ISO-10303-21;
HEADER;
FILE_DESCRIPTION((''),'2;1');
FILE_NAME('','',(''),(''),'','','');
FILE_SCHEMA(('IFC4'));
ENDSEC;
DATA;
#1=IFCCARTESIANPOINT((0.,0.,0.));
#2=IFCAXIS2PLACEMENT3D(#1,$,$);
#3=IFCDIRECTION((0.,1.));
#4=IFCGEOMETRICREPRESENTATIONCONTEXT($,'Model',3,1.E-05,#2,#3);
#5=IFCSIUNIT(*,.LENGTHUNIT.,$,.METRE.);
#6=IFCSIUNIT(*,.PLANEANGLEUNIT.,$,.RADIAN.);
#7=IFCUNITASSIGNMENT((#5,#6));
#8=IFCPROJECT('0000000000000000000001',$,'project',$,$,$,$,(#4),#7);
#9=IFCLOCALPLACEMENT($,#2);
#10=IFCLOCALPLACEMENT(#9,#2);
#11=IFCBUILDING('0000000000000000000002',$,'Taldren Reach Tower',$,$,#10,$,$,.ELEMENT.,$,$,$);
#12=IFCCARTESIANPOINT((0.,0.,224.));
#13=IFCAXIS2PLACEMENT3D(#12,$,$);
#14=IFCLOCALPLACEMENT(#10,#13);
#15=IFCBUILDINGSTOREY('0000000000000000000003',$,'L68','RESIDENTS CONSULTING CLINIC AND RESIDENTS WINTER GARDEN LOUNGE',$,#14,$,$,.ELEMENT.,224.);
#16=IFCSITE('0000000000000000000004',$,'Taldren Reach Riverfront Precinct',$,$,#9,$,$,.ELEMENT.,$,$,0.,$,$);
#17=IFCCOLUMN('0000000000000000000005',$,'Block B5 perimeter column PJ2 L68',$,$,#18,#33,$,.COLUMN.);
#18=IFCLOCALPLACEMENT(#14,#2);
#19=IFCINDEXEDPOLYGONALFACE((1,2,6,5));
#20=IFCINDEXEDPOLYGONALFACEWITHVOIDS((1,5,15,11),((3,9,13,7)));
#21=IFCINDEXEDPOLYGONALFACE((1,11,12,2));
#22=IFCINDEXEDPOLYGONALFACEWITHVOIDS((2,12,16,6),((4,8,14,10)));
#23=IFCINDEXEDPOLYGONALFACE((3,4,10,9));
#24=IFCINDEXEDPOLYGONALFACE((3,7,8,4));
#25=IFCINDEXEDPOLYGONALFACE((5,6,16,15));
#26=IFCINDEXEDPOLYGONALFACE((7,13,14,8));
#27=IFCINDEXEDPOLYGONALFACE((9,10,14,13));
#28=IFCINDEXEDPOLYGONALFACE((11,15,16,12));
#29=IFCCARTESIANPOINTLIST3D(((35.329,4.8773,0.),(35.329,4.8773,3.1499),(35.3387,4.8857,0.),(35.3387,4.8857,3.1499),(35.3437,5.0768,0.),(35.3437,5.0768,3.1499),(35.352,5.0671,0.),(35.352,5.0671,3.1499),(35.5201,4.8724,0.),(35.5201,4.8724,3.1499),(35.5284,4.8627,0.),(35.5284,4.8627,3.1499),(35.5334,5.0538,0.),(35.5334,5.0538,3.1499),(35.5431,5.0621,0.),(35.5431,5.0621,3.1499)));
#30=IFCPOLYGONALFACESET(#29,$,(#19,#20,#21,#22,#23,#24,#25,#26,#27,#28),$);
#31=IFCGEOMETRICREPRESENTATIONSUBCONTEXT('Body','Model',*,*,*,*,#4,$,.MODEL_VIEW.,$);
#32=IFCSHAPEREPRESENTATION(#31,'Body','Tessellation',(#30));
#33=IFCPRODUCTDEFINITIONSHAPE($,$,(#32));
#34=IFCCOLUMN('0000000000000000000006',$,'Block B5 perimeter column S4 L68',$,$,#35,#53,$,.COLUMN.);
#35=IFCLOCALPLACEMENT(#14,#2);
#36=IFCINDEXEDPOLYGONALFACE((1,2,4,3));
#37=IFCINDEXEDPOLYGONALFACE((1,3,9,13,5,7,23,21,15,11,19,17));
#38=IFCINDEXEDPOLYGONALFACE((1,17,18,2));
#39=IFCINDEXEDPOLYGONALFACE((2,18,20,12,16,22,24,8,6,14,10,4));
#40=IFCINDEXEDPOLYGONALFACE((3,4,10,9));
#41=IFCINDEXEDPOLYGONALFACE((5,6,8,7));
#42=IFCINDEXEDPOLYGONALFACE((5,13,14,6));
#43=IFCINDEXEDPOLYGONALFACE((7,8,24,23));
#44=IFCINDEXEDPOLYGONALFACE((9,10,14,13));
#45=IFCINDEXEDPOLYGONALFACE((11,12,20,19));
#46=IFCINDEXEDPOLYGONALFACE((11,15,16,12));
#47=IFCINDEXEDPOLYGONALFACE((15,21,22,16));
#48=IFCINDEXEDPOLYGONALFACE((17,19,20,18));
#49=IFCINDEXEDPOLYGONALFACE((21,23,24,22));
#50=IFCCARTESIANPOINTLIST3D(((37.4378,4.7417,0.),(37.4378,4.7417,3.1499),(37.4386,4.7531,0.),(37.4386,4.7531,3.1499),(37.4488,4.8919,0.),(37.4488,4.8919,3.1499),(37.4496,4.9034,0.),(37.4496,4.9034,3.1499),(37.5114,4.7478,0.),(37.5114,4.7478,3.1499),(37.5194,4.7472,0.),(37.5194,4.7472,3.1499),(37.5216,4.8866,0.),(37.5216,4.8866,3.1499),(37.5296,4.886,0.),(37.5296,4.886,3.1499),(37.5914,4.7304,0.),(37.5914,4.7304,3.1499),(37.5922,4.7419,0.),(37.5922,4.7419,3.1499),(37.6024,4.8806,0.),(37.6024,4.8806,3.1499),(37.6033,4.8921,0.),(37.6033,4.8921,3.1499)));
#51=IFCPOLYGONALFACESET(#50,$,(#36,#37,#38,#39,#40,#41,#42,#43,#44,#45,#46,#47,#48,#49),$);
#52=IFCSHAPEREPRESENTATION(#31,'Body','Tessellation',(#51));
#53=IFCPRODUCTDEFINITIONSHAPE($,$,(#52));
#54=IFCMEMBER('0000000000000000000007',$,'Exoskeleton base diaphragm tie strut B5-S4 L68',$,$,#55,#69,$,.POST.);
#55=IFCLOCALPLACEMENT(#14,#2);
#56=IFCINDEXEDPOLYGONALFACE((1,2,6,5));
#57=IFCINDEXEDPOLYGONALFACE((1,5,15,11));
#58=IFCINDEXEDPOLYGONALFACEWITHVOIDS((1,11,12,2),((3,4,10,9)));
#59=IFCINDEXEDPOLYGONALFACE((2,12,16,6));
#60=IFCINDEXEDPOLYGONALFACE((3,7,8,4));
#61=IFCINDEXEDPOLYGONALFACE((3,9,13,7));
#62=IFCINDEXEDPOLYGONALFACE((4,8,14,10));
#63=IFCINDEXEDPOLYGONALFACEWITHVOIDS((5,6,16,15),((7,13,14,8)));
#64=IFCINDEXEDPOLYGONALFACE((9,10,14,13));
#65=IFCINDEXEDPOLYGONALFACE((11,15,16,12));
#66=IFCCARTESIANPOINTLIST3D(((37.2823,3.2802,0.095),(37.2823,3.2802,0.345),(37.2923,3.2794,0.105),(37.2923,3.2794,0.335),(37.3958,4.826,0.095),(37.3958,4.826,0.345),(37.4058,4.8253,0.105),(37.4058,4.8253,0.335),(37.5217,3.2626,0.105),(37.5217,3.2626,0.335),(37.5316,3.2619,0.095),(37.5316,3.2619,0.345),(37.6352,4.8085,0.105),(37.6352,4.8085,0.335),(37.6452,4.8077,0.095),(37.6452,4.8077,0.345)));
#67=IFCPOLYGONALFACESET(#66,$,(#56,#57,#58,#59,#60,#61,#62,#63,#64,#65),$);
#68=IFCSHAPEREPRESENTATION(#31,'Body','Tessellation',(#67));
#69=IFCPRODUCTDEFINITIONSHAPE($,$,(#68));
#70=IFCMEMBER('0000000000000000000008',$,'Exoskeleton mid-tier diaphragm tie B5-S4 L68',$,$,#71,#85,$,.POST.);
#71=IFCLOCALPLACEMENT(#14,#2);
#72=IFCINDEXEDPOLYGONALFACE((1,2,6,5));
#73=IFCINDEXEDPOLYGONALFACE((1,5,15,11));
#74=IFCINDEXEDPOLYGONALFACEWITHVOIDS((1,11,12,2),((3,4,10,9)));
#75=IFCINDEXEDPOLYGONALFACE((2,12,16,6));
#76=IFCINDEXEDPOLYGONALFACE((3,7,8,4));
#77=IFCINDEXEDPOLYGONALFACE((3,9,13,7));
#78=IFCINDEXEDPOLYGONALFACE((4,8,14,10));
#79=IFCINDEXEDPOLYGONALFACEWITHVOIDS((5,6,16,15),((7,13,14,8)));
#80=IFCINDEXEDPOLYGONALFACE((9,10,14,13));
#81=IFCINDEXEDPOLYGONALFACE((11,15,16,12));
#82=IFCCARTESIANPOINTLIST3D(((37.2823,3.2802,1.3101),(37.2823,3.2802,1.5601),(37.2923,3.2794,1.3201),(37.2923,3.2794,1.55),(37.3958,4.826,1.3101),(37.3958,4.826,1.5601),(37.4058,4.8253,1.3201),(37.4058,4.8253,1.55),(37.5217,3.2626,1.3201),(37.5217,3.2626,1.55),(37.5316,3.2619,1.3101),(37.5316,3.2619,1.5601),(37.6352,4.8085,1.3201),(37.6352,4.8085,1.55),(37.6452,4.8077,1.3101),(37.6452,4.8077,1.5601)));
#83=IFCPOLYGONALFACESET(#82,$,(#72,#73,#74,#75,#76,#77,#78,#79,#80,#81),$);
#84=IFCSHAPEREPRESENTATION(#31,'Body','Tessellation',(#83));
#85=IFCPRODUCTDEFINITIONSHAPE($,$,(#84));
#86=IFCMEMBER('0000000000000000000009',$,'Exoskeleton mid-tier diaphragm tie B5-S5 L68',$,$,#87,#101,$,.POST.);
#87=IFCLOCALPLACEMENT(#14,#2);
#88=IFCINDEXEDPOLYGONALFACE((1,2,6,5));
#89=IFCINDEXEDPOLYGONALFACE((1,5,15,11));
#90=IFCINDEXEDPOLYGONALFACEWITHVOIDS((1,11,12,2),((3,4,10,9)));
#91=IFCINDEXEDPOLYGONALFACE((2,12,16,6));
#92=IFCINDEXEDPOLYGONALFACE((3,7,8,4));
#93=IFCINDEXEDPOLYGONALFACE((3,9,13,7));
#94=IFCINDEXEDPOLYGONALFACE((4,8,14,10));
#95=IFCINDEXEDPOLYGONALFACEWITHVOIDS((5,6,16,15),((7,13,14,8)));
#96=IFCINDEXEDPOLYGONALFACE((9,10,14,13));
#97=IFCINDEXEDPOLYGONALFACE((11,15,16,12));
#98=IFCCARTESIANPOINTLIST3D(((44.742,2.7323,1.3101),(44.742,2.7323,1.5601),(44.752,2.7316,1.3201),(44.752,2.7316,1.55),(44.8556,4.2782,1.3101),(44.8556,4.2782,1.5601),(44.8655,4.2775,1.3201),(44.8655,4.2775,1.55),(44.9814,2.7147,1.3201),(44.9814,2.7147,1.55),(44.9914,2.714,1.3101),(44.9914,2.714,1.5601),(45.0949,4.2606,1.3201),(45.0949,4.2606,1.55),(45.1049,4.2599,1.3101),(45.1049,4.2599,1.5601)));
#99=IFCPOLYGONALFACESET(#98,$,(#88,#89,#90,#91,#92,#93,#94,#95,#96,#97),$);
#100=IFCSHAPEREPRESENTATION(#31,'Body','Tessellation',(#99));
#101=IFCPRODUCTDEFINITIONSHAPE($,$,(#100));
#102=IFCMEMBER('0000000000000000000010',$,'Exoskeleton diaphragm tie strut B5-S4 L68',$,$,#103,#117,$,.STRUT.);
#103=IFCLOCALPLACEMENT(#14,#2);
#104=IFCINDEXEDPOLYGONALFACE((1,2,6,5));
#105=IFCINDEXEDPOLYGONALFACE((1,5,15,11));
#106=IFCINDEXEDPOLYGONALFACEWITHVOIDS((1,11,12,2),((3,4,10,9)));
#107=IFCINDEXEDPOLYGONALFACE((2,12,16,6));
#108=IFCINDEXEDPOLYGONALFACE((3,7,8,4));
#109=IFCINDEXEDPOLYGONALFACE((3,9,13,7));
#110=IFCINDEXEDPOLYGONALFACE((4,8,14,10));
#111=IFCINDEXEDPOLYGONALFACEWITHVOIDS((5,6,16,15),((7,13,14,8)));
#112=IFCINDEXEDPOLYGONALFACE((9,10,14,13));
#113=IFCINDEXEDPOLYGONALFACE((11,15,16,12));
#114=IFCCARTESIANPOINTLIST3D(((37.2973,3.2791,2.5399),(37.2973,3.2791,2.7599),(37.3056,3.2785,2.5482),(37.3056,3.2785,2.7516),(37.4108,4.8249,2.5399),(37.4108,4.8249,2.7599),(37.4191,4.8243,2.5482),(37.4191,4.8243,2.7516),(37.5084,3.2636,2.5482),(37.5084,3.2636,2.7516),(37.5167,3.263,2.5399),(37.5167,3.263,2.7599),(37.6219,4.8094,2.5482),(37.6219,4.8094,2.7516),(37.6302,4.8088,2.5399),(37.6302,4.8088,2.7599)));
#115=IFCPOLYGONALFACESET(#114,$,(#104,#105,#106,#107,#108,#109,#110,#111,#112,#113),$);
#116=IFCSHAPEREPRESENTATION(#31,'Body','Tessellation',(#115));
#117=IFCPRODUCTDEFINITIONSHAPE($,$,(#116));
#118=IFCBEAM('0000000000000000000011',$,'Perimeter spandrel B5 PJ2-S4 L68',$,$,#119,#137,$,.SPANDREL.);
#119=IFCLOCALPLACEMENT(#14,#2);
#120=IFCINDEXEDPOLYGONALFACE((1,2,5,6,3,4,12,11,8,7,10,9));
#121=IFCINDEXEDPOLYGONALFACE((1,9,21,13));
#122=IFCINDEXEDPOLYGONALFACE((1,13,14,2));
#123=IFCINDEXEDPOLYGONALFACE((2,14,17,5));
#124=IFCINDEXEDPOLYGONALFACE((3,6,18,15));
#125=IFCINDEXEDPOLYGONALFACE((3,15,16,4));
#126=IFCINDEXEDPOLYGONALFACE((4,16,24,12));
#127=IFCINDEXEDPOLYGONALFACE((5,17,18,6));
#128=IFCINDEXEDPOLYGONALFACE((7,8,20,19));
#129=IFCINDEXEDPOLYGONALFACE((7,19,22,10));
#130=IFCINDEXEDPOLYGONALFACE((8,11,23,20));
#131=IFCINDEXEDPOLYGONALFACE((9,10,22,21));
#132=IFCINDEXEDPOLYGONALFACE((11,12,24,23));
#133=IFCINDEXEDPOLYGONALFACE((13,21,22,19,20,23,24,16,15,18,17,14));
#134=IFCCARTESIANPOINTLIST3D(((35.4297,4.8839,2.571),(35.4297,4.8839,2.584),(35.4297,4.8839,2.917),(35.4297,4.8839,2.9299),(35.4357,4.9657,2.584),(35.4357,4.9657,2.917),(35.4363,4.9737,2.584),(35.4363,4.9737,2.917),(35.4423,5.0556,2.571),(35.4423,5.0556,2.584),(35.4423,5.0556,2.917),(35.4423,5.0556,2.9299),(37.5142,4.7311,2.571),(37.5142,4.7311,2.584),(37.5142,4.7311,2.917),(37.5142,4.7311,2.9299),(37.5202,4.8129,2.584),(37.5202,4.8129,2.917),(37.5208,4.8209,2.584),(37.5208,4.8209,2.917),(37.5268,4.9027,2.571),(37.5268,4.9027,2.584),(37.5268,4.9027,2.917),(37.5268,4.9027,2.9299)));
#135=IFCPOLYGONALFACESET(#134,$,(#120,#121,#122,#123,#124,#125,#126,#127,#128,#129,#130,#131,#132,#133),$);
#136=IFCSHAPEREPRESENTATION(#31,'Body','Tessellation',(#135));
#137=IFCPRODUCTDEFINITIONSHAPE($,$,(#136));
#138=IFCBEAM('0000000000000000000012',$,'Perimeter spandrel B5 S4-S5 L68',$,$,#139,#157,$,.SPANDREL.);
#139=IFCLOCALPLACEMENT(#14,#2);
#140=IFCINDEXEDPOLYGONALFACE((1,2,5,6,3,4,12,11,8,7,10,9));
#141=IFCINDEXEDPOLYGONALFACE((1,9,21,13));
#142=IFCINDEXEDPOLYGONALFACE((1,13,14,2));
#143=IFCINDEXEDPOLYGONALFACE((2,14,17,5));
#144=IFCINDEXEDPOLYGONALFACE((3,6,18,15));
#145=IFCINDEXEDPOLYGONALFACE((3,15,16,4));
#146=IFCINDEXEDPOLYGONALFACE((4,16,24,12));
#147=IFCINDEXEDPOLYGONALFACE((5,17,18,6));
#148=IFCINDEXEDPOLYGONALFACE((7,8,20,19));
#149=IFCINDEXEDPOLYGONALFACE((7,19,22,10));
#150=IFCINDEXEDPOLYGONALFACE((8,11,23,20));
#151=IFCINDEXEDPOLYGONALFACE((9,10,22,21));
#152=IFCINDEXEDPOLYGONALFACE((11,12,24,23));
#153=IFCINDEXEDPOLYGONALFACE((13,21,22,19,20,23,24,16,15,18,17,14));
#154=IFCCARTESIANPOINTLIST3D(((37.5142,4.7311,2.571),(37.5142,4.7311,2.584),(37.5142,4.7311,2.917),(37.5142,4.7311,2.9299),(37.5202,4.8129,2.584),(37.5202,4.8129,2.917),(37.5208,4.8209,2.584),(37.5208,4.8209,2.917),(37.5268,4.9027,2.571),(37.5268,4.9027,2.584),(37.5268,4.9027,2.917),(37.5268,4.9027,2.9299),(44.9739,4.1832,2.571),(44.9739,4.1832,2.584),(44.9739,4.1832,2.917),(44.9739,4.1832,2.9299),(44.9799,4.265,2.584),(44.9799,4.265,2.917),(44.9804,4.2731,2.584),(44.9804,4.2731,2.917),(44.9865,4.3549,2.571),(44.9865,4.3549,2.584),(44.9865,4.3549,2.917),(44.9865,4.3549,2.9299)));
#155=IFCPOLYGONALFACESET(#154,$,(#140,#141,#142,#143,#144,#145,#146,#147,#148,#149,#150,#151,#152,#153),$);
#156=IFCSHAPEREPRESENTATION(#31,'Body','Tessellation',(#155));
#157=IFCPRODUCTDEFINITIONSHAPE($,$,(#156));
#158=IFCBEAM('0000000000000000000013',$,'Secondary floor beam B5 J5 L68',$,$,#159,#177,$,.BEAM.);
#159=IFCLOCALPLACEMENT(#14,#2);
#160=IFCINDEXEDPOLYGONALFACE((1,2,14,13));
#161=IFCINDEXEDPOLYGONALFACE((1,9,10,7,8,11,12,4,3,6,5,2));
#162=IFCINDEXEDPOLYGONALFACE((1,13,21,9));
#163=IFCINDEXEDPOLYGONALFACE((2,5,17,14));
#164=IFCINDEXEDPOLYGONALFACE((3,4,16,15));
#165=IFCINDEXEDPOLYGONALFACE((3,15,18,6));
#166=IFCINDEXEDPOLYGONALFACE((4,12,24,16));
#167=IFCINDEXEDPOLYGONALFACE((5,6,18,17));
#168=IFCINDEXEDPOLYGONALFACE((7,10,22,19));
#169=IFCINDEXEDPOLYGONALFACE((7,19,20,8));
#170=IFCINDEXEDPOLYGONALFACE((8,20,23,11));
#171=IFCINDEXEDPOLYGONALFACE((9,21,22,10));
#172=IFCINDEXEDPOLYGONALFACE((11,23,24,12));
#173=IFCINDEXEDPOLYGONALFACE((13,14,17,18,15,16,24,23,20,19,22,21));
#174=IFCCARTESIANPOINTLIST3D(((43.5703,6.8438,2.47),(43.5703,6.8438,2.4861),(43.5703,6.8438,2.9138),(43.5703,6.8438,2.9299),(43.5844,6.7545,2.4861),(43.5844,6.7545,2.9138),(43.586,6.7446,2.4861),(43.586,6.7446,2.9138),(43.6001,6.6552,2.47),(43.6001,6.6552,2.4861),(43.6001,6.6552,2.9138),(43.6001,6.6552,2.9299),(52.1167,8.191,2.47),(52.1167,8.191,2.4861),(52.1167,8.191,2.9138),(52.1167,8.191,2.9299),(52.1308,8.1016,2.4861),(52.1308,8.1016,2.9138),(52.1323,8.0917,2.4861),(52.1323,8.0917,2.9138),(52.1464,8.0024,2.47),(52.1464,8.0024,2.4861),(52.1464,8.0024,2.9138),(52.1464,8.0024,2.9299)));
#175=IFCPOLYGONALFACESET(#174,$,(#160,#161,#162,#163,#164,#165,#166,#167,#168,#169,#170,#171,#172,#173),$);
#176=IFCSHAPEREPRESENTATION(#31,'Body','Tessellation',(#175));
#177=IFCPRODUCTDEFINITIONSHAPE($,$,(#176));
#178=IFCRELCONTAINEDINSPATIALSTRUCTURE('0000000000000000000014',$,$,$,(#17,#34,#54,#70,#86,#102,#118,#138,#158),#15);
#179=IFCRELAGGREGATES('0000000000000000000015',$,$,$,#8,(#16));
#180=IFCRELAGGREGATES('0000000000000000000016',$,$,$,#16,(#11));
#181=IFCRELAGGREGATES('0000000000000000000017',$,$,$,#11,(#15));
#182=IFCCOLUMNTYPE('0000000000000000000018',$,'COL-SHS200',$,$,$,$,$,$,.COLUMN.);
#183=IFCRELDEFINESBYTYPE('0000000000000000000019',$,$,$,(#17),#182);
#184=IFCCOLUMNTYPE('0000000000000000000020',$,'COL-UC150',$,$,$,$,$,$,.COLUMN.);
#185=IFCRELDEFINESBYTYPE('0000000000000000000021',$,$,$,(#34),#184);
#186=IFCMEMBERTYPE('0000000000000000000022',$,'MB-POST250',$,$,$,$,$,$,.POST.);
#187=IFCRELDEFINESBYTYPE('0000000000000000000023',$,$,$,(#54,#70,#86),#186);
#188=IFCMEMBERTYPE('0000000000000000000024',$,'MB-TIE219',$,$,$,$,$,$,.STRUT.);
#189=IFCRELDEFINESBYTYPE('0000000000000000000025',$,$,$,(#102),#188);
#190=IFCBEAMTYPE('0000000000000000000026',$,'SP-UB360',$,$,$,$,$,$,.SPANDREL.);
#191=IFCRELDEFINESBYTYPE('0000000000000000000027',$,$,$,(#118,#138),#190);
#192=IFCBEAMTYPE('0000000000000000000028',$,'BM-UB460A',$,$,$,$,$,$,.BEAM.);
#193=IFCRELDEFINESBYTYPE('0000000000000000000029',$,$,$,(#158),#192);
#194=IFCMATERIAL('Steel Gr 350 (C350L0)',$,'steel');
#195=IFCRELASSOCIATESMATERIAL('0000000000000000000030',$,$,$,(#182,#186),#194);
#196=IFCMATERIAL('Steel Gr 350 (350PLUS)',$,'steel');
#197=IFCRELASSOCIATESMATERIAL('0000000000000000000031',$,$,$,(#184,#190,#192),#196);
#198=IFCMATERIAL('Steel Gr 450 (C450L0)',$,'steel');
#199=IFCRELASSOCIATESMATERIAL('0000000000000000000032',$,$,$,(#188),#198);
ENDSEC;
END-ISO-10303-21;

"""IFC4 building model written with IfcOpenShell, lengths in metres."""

from ifc_helpers import new_model, si_unit, direction, frame, origin, origin_2d, place, context, subcontext, project, spatial, hollow_rectangle, i_section, extrude, source, transform, mapped, material, material_profile, profile_set, type_object, element, save


model = new_model("IFC4")

# Units and contexts
model_context = context("Model", 3, precision=1e-05, world=origin(), true_north=direction((0.0, 1.0)))
body_context = subcontext(model_context, "Body", "Model", "MODEL_VIEW")
ifc_project = project(units=[si_unit("LENGTHUNIT", "METRE"), si_unit("PLANEANGLEUNIT", "RADIAN")], contexts=[model_context])

# Site, building, storey
site_placement = place(None, origin())
site = spatial("IfcSite", under=ifc_project, at=site_placement, Name="Taldren Reach Riverfront Precinct", CompositionType="ELEMENT", RefElevation=0.0)
building_placement = place(site_placement, origin())
building = spatial("IfcBuilding", under=site, at=building_placement, Name="Taldren Reach Tower", CompositionType="ELEMENT")
storey_placement = place(building_placement, frame((0.0, 0.0, 224.0)))
storey = spatial("IfcBuildingStorey", under=building, at=storey_placement, Name="L68", Description="RESIDENTS CONSULTING CLINIC AND RESIDENTS WINTER GARDEN LOUNGE", CompositionType="ELEMENT", Elevation=224.0)

# Columns
ifc_material_1 = material(Name="Steel Gr 350 (C350L0)", Category="steel")
ifc_material_profile_1 = material_profile(ifc_material_1, hollow_rectangle(XDim=0.2, YDim=0.2, WallThickness=0.009, at=origin_2d()), Name="200x200x9.0SHS")
ifc_profile_set_1 = profile_set([ifc_material_profile_1], Name="Steel Gr 350 (C350L0)")
column_type_1 = type_object("IfcColumnType", Name="COL-SHS200", PredefinedType="COLUMN", material=ifc_profile_set_1)
shared_shape_1 = source(origin(), body_context, "Body", "SweptSolid", [
    extrude(hollow_rectangle(XDim=0.2, YDim=0.2, WallThickness=0.009, at=origin_2d()), origin(), (0.0, 0.0, 1.0), 3.1499),
])
column_1_placement = place(storey_placement, frame((35.436, 4.9697, 0.0), z_axis=(0.0, 0.0, 1.0), x_axis=(0.997314, -0.073238, 0.0)))
element("IfcColumn", 1, at=column_1_placement, inside=storey, type_object=column_type_1, Name="Block B5 perimeter column PJ2 L68", PredefinedType="COLUMN", context=body_context, shape_type="MappedRepresentation", body=[
    mapped(shared_shape_1, transform((0.0, 0.0, 0.0), scale=1.0)),
])
ifc_material_2 = material(Name="Steel Gr 350 (350PLUS)", Category="steel")
ifc_material_profile_2 = material_profile(ifc_material_2, i_section(OverallWidth=0.1541, OverallDepth=0.1621, WebThickness=0.0081, FlangeThickness=0.0115, at=origin_2d()), Name="150UC37.2")
ifc_profile_set_2 = profile_set([ifc_material_profile_2], Name="Steel Gr 350 (350PLUS)")
column_type_2 = type_object("IfcColumnType", Name="COL-UC150", PredefinedType="COLUMN", material=ifc_profile_set_2)
shared_shape_2 = source(origin(), body_context, "Body", "SweptSolid", [
    extrude(i_section(OverallWidth=0.1541, OverallDepth=0.1621, WebThickness=0.0081, FlangeThickness=0.0115, at=origin_2d()), origin(), (0.0, 0.0, 1.0), 3.1499),
])
column_2_placement = place(storey_placement, frame((37.5205, 4.8169, 0.0), z_axis=(0.0, 0.0, 1.0), x_axis=(0.997314, -0.073238, 0.0)))
element("IfcColumn", 2, at=column_2_placement, inside=storey, type_object=column_type_2, Name="Block B5 perimeter column S4 L68", PredefinedType="COLUMN", context=body_context, shape_type="MappedRepresentation", body=[
    mapped(shared_shape_2, transform((0.0, 0.0, 0.0), scale=1.0)),
])

# Members
ifc_material_profile_3 = material_profile(ifc_material_1, hollow_rectangle(XDim=0.25, YDim=0.25, WallThickness=0.01, at=origin_2d()), Name="250x250x10.0SHS")
ifc_profile_set_3 = profile_set([ifc_material_profile_3], Name="Steel Gr 350 (C350L0)")
member_type_1 = type_object("IfcMemberType", Name="MB-POST250", PredefinedType="POST", material=ifc_profile_set_3)
shared_shape_3 = source(origin(), body_context, "Body", "SweptSolid", [
    extrude(hollow_rectangle(XDim=0.25, YDim=0.25, WallThickness=0.01, at=origin_2d()), origin(), (0.0, 0.0, 1.0), 1.55),
])
for number, where, z_axis, x_axis, name in (
    (3, (37.5205, 4.8169, 0.22), (-0.073239, -0.997314, 0.0), (0.997314, -0.073239, 0.0), "Exoskeleton base diaphragm tie strut B5-S4 L68"),
    (4, (37.5205, 4.8169, 1.4351), (-0.073239, -0.997314, 0.0), (0.997314, -0.073239, 0.0), "Exoskeleton mid-tier diaphragm tie B5-S4 L68"),
    (5, (44.9802, 4.269, 1.4351), (-0.073239, -0.997314, 0.0), (0.997314, -0.073239, 0.0), "Exoskeleton mid-tier diaphragm tie B5-S5 L68"),
):
    element("IfcMember", number, at=place(storey_placement, frame(where, z_axis=z_axis, x_axis=x_axis)), inside=storey, type_object=member_type_1, Name=name, PredefinedType="POST", context=body_context, shape_type="MappedRepresentation", body=[
        mapped(shared_shape_3, transform((0.0, 0.0, 0.0), scale=1.0)),
    ])
ifc_material_3 = material(Name="Steel Gr 450 (C450L0)", Category="steel")
ifc_material_profile_4 = material_profile(ifc_material_3, hollow_rectangle(XDim=0.22, YDim=0.22, WallThickness=0.0083, at=origin_2d()), Name="220x220x8.2SHS")
ifc_profile_set_4 = profile_set([ifc_material_profile_4], Name="Steel Gr 450 (C450L0)")
member_type_2 = type_object("IfcMemberType", Name="MB-TIE219", PredefinedType="STRUT", material=ifc_profile_set_4)
shared_shape_4 = source(origin(), body_context, "Body", "SweptSolid", [
    extrude(hollow_rectangle(XDim=0.22, YDim=0.22, WallThickness=0.0083, at=origin_2d()), origin(), (0.0, 0.0, 1.0), 1.55),
])
member_1_placement = place(storey_placement, frame((37.5205, 4.8169, 2.6499), z_axis=(-0.073239, -0.997314, 0.0), x_axis=(0.997314, -0.073239, 0.0)))
element("IfcMember", 6, at=member_1_placement, inside=storey, type_object=member_type_2, Name="Exoskeleton diaphragm tie strut B5-S4 L68", PredefinedType="STRUT", context=body_context, shape_type="MappedRepresentation", body=[
    mapped(shared_shape_4, transform((0.0, 0.0, 0.0), scale=1.0)),
])

# Beams
ifc_material_profile_5 = material_profile(ifc_material_2, i_section(OverallWidth=0.1721, OverallDepth=0.3589, WebThickness=0.0081, FlangeThickness=0.0129, at=origin_2d()), Name="360UB56.7")
ifc_profile_set_5 = profile_set([ifc_material_profile_5], Name="Steel Gr 350 (350PLUS)")
beam_type_1 = type_object("IfcBeamType", Name="SP-UB360", PredefinedType="SPANDREL", material=ifc_profile_set_5)
shared_shape_5 = source(origin(), body_context, "Body", "SweptSolid", [
    extrude(i_section(OverallWidth=0.1721, OverallDepth=0.3589, WebThickness=0.0081, FlangeThickness=0.0129, at=origin_2d()), origin(), (0.0, 0.0, 1.0), 2.0901),
])
beam_1_placement = place(storey_placement, frame((35.436, 4.9697, 2.7505), z_axis=(0.997323, -0.073123, 0.0), x_axis=(0.073123, 0.997323, 0.0)))
element("IfcBeam", 7, at=beam_1_placement, inside=storey, type_object=beam_type_1, Name="Perimeter spandrel B5 PJ2-S4 L68", PredefinedType="SPANDREL", context=body_context, shape_type="MappedRepresentation", body=[
    mapped(shared_shape_5, transform((0.0, 0.0, 0.0), scale=1.0)),
])
shared_shape_6 = source(origin(), body_context, "Body", "SweptSolid", [
    extrude(i_section(OverallWidth=0.1721, OverallDepth=0.3589, WebThickness=0.0081, FlangeThickness=0.0129, at=origin_2d()), origin(), (0.0, 0.0, 1.0), 7.4797),
])
beam_2_placement = place(storey_placement, frame((37.5205, 4.8169, 2.7505), z_axis=(0.997314, -0.073244, 0.0), x_axis=(0.073244, 0.997314, 0.0)))
element("IfcBeam", 8, at=beam_2_placement, inside=storey, type_object=beam_type_1, Name="Perimeter spandrel B5 S4-S5 L68", PredefinedType="SPANDREL", context=body_context, shape_type="MappedRepresentation", body=[
    mapped(shared_shape_6, transform((0.0, 0.0, 0.0), scale=1.0)),
])
ifc_material_profile_6 = material_profile(ifc_material_2, i_section(OverallWidth=0.1909, OverallDepth=0.46, WebThickness=0.01, FlangeThickness=0.0161, at=origin_2d()), Name="460UB82.1")
ifc_profile_set_6 = profile_set([ifc_material_profile_6], Name="Steel Gr 350 (350PLUS)")
beam_type_2 = type_object("IfcBeamType", Name="BM-UB460A", PredefinedType="BEAM", material=ifc_profile_set_6)
shared_shape_7 = source(origin(), body_context, "Body", "SweptSolid", [
    extrude(i_section(OverallWidth=0.1909, OverallDepth=0.46, WebThickness=0.01, FlangeThickness=0.0161, at=origin_2d()), origin(), (0.0, 0.0, 1.0), 8.6519),
])
beam_3_placement = place(storey_placement, frame((43.5852, 6.7495, 2.7), z_axis=(0.987803, 0.155708, 0.0), x_axis=(-0.155708, 0.987803, 0.0)))
element("IfcBeam", 9, at=beam_3_placement, inside=storey, type_object=beam_type_2, Name="Secondary floor beam B5 J5 L68", PredefinedType="BEAM", context=body_context, shape_type="MappedRepresentation", body=[
    mapped(shared_shape_7, transform((0.0, 0.0, 0.0), scale=1.0)),
])

save(model, "model.ifc")
